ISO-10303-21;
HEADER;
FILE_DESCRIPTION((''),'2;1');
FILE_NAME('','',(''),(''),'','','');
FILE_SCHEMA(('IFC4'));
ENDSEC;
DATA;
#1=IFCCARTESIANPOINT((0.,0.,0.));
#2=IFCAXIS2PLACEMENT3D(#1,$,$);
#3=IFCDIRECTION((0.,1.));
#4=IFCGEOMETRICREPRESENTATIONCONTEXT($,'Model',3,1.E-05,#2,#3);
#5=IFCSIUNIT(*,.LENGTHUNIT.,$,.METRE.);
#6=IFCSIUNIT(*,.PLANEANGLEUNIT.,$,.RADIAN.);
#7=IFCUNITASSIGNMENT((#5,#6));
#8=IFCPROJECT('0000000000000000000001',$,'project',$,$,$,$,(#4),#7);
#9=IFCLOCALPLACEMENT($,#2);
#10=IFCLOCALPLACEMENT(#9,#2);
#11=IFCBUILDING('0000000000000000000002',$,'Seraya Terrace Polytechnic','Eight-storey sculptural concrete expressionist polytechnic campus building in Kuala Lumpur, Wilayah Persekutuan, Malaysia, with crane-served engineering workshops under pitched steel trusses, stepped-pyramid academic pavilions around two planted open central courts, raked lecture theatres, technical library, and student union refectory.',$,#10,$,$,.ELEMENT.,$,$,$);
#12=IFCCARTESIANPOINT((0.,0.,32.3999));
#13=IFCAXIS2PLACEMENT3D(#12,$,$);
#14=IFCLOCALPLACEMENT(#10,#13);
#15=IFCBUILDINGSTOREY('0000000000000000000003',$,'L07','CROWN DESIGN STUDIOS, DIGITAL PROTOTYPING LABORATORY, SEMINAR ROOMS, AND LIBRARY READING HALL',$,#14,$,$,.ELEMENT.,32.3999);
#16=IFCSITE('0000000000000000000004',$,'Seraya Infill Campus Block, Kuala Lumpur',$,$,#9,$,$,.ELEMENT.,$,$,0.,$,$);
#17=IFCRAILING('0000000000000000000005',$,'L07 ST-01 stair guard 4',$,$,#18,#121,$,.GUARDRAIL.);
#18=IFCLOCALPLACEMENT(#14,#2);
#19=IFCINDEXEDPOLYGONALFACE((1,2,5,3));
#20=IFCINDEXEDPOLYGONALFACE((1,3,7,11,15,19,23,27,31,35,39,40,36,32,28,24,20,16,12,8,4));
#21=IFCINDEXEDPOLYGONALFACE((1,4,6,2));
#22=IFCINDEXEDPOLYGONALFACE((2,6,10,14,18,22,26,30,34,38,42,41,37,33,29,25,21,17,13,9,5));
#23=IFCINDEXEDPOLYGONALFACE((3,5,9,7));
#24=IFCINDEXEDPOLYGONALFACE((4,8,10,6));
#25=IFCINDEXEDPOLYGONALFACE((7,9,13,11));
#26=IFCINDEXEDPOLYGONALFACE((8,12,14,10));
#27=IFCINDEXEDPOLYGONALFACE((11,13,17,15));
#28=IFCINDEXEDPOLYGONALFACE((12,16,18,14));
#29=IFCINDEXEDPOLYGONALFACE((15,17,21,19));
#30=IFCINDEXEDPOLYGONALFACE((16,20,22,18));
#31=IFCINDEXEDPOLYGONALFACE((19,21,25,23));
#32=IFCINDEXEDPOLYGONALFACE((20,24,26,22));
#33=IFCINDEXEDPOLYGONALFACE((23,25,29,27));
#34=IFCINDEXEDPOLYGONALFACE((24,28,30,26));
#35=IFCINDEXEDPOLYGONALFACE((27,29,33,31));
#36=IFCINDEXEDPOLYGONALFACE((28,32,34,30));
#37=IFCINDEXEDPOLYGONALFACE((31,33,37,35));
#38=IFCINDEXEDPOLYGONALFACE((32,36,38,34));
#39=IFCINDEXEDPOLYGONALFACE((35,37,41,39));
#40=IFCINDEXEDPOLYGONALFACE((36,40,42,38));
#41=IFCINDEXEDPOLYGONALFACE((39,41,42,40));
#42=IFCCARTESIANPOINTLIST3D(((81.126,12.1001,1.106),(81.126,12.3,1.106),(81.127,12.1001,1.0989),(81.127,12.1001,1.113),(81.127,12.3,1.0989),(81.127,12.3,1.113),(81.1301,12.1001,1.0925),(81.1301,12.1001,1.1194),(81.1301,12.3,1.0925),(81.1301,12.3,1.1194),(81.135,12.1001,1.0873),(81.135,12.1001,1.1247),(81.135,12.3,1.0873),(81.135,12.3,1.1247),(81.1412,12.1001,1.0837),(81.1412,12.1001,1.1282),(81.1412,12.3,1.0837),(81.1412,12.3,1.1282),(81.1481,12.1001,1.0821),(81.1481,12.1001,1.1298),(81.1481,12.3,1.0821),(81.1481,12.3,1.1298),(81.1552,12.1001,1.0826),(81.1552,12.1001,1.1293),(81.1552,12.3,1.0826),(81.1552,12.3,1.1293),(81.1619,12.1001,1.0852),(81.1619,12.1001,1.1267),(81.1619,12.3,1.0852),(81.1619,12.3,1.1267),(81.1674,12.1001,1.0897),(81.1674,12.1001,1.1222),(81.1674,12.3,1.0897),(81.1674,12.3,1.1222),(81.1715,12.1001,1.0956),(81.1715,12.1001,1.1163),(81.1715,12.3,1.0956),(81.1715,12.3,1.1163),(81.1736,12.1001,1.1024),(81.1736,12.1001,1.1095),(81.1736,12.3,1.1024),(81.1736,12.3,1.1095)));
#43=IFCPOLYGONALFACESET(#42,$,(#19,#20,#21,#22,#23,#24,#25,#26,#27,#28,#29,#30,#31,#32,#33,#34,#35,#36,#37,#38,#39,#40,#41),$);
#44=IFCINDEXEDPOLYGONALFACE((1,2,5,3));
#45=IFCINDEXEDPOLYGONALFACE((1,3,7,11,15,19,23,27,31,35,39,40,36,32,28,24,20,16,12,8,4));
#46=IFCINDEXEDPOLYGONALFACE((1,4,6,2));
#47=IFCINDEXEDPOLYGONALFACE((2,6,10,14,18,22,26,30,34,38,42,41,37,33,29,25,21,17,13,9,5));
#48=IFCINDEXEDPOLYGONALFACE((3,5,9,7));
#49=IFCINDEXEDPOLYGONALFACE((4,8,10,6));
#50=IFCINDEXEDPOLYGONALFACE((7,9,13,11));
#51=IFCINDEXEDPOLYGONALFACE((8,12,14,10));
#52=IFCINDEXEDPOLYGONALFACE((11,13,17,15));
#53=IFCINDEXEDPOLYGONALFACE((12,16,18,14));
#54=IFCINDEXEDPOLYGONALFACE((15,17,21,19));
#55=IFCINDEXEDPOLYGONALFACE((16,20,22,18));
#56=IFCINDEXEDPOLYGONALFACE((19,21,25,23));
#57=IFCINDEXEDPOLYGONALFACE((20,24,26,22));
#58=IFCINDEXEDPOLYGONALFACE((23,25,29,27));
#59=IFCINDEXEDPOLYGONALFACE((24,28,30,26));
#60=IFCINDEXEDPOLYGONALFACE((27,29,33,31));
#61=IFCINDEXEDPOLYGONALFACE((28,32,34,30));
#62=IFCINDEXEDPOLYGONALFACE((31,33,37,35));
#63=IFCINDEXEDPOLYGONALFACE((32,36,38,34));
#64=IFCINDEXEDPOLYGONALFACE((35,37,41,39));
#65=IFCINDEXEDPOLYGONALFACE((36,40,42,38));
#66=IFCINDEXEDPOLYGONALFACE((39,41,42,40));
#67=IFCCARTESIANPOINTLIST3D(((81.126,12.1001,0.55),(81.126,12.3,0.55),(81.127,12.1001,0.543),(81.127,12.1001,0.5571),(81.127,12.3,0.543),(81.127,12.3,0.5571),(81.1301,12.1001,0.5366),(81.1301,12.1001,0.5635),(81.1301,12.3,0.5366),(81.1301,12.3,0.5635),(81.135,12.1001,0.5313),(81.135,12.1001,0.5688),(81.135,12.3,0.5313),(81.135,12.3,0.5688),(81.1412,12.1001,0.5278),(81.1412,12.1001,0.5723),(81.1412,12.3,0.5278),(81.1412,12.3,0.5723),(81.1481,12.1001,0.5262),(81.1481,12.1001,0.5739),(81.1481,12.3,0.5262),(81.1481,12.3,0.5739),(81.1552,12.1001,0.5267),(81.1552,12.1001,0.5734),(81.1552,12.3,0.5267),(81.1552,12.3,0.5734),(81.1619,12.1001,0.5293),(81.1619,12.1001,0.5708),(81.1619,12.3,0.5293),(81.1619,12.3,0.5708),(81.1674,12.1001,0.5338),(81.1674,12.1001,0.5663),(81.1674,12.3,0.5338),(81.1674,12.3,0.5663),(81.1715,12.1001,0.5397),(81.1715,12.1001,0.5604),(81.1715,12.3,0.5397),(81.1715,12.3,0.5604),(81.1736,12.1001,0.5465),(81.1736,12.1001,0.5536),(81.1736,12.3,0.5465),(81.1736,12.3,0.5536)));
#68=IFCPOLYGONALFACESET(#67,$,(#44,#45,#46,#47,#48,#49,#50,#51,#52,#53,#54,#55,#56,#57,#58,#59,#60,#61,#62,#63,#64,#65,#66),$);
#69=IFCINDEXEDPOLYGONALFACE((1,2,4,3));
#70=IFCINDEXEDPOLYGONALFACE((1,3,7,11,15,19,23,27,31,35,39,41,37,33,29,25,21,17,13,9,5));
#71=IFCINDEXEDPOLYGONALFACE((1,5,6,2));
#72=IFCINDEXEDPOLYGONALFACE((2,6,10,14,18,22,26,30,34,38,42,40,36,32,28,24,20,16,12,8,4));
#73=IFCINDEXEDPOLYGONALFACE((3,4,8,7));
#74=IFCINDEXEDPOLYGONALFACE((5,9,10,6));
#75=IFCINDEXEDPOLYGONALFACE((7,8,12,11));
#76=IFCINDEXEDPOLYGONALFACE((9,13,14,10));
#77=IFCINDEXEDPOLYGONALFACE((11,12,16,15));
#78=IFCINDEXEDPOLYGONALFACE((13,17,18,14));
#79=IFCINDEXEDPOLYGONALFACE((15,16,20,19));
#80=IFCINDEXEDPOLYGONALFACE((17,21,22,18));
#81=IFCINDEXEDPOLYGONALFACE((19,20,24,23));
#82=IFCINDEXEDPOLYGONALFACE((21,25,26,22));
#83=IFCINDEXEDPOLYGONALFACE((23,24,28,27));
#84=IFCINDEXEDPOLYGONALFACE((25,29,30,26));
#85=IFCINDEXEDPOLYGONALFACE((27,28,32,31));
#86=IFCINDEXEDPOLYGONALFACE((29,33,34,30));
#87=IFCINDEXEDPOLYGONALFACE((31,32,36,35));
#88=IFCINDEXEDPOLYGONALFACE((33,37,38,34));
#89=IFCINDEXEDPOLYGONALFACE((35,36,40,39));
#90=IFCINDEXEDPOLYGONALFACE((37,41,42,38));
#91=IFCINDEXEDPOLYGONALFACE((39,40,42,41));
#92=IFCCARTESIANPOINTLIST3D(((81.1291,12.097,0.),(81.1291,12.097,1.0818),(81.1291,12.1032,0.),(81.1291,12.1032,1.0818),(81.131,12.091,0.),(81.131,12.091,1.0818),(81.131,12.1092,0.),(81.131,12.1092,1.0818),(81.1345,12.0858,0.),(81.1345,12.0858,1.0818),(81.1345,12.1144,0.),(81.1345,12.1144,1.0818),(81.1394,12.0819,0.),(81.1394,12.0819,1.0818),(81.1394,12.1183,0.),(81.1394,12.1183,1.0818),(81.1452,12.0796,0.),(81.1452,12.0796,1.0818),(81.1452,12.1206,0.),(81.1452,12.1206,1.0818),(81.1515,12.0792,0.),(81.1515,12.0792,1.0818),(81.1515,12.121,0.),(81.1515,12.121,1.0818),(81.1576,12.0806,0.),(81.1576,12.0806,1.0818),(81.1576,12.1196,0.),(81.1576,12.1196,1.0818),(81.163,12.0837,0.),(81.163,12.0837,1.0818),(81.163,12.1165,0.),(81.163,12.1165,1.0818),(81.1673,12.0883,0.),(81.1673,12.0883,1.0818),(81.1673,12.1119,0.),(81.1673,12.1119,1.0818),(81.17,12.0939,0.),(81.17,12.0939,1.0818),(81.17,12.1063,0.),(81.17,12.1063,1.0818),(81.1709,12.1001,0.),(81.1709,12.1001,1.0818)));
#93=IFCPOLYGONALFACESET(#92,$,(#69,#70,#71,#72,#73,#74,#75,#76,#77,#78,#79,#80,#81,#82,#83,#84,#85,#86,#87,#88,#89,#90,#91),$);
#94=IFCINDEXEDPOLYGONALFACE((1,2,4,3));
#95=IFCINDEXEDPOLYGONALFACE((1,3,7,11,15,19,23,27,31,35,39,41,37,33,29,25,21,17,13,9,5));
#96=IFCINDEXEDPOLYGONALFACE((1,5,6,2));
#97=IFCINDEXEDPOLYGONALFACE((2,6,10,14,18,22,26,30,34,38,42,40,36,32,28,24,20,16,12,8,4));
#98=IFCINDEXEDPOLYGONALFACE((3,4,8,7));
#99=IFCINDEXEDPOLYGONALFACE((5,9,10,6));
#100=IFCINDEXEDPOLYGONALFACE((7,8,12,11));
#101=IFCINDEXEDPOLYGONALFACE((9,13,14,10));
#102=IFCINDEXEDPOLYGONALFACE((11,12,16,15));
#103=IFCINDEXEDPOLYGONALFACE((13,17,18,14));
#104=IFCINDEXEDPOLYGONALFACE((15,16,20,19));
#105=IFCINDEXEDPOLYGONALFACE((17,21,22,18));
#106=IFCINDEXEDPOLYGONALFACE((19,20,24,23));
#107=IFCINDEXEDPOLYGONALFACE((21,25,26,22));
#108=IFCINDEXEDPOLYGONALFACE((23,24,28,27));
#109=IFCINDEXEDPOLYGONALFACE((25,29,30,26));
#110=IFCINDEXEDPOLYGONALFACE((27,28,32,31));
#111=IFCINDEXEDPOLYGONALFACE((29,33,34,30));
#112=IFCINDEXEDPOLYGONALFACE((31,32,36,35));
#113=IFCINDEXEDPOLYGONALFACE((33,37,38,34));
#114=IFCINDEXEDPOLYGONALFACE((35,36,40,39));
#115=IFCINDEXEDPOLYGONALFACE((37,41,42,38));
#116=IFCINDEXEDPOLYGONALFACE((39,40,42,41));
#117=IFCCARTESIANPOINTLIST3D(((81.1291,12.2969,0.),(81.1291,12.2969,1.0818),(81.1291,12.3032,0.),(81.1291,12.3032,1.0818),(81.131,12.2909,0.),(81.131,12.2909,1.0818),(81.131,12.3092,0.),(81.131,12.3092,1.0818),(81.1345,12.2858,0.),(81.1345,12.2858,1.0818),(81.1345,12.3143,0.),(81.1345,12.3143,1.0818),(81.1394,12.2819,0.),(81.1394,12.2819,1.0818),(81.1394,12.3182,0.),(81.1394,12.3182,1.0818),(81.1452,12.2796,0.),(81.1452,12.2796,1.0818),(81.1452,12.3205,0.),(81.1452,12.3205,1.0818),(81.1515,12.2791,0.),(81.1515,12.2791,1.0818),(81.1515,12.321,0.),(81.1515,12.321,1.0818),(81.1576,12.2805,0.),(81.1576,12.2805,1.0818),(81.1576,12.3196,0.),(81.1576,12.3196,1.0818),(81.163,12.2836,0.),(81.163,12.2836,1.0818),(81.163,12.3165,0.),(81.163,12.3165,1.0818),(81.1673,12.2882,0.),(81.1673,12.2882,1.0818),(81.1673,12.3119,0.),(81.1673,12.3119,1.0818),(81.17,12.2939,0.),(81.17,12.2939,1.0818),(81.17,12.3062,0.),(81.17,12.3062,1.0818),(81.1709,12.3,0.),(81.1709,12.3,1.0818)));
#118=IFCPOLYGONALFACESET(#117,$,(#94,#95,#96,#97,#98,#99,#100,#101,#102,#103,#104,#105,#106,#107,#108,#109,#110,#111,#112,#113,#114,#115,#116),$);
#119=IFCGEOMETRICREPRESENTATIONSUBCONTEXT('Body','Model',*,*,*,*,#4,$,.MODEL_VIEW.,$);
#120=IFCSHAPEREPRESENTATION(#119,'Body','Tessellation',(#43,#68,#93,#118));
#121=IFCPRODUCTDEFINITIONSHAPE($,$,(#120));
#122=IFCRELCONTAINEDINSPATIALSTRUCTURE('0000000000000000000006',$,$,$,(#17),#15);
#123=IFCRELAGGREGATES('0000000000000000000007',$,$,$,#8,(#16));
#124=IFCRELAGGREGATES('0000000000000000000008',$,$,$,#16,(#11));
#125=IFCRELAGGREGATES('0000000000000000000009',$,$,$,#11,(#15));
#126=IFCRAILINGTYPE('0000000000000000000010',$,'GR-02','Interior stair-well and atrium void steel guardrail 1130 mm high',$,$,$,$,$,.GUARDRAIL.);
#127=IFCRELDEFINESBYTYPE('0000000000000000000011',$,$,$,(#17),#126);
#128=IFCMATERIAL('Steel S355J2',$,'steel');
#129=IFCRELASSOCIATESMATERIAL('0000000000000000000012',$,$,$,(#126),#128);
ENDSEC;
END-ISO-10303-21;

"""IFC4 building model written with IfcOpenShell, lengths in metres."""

from ifc_helpers import new_model, si_unit, direction, frame, origin, origin_2d, place, context, subcontext, project, spatial, circle, extrude, material, type_object, element, save


model = new_model("IFC4")

# Units and contexts
model_context = context("Model", 3, precision=1e-05, world=origin(), true_north=direction((0.0, 1.0)))
body_context = subcontext(model_context, "Body", "Model", "MODEL_VIEW")
ifc_project = project(units=[si_unit("LENGTHUNIT", "METRE"), si_unit("PLANEANGLEUNIT", "RADIAN")], contexts=[model_context])

# Site, building, storey
site_placement = place(None, origin())
site = spatial("IfcSite", under=ifc_project, at=site_placement, Name="Seraya Infill Campus Block, Kuala Lumpur", CompositionType="ELEMENT", RefElevation=0.0)
building_placement = place(site_placement, origin())
building = spatial("IfcBuilding", under=site, at=building_placement, Name="Seraya Terrace Polytechnic", Description="Eight-storey sculptural concrete expressionist polytechnic campus building in Kuala Lumpur, Wilayah Persekutuan, Malaysia, with crane-served engineering workshops under pitched steel trusses, stepped-pyramid academic pavilions around two planted open central courts, raked lecture theatres, technical library, and student union refectory.", CompositionType="ELEMENT")
storey_placement = place(building_placement, frame((0.0, 0.0, 32.3999)))
storey = spatial("IfcBuildingStorey", under=building, at=storey_placement, Name="L07", Description="CROWN DESIGN STUDIOS, DIGITAL PROTOTYPING LABORATORY, SEMINAR ROOMS, AND LIBRARY READING HALL", CompositionType="ELEMENT", Elevation=32.3999)

# Shared definitions
ifc_material_1 = material(Name="Steel S355J2", Category="steel")

# Railing
railing_type_1 = type_object("IfcRailingType", Name="GR-02", Description="Interior stair-well and atrium void steel guardrail 1130 mm high", PredefinedType="GUARDRAIL", material=ifc_material_1)
railing_1_placement = place(storey_placement, frame((81.1499, 12.1001, 0.0)))
element("IfcRailing", 1, at=railing_1_placement, inside=storey, type_object=railing_type_1, Name="L07 ST-01 stair guard 4", PredefinedType="GUARDRAIL", context=body_context, shape_type="SweptSolid", body=[
    extrude(circle(Radius=0.0239, at=origin_2d()), frame((0.0, 0.0, 1.106), z_axis=(0.0, 1.0, 0.0), x_axis=(-1.0, 0.0, 0.0)), (0.0, 0.0, 1.0), 0.2),
    extrude(circle(Radius=0.0239, at=origin_2d()), frame((0.0, 0.0, 0.55), z_axis=(0.0, 1.0, 0.0), x_axis=(-1.0, 0.0, 0.0)), (0.0, 0.0, 1.0), 0.2),
    extrude(circle(Radius=0.021, at=origin_2d()), origin(), (0.0, 0.0, 1.0), 1.0818),
    extrude(circle(Radius=0.021, at=origin_2d()), frame((0.0, 0.2, 0.0)), (0.0, 0.0, 1.0), 1.0818),
])

save(model, "model.ifc")
